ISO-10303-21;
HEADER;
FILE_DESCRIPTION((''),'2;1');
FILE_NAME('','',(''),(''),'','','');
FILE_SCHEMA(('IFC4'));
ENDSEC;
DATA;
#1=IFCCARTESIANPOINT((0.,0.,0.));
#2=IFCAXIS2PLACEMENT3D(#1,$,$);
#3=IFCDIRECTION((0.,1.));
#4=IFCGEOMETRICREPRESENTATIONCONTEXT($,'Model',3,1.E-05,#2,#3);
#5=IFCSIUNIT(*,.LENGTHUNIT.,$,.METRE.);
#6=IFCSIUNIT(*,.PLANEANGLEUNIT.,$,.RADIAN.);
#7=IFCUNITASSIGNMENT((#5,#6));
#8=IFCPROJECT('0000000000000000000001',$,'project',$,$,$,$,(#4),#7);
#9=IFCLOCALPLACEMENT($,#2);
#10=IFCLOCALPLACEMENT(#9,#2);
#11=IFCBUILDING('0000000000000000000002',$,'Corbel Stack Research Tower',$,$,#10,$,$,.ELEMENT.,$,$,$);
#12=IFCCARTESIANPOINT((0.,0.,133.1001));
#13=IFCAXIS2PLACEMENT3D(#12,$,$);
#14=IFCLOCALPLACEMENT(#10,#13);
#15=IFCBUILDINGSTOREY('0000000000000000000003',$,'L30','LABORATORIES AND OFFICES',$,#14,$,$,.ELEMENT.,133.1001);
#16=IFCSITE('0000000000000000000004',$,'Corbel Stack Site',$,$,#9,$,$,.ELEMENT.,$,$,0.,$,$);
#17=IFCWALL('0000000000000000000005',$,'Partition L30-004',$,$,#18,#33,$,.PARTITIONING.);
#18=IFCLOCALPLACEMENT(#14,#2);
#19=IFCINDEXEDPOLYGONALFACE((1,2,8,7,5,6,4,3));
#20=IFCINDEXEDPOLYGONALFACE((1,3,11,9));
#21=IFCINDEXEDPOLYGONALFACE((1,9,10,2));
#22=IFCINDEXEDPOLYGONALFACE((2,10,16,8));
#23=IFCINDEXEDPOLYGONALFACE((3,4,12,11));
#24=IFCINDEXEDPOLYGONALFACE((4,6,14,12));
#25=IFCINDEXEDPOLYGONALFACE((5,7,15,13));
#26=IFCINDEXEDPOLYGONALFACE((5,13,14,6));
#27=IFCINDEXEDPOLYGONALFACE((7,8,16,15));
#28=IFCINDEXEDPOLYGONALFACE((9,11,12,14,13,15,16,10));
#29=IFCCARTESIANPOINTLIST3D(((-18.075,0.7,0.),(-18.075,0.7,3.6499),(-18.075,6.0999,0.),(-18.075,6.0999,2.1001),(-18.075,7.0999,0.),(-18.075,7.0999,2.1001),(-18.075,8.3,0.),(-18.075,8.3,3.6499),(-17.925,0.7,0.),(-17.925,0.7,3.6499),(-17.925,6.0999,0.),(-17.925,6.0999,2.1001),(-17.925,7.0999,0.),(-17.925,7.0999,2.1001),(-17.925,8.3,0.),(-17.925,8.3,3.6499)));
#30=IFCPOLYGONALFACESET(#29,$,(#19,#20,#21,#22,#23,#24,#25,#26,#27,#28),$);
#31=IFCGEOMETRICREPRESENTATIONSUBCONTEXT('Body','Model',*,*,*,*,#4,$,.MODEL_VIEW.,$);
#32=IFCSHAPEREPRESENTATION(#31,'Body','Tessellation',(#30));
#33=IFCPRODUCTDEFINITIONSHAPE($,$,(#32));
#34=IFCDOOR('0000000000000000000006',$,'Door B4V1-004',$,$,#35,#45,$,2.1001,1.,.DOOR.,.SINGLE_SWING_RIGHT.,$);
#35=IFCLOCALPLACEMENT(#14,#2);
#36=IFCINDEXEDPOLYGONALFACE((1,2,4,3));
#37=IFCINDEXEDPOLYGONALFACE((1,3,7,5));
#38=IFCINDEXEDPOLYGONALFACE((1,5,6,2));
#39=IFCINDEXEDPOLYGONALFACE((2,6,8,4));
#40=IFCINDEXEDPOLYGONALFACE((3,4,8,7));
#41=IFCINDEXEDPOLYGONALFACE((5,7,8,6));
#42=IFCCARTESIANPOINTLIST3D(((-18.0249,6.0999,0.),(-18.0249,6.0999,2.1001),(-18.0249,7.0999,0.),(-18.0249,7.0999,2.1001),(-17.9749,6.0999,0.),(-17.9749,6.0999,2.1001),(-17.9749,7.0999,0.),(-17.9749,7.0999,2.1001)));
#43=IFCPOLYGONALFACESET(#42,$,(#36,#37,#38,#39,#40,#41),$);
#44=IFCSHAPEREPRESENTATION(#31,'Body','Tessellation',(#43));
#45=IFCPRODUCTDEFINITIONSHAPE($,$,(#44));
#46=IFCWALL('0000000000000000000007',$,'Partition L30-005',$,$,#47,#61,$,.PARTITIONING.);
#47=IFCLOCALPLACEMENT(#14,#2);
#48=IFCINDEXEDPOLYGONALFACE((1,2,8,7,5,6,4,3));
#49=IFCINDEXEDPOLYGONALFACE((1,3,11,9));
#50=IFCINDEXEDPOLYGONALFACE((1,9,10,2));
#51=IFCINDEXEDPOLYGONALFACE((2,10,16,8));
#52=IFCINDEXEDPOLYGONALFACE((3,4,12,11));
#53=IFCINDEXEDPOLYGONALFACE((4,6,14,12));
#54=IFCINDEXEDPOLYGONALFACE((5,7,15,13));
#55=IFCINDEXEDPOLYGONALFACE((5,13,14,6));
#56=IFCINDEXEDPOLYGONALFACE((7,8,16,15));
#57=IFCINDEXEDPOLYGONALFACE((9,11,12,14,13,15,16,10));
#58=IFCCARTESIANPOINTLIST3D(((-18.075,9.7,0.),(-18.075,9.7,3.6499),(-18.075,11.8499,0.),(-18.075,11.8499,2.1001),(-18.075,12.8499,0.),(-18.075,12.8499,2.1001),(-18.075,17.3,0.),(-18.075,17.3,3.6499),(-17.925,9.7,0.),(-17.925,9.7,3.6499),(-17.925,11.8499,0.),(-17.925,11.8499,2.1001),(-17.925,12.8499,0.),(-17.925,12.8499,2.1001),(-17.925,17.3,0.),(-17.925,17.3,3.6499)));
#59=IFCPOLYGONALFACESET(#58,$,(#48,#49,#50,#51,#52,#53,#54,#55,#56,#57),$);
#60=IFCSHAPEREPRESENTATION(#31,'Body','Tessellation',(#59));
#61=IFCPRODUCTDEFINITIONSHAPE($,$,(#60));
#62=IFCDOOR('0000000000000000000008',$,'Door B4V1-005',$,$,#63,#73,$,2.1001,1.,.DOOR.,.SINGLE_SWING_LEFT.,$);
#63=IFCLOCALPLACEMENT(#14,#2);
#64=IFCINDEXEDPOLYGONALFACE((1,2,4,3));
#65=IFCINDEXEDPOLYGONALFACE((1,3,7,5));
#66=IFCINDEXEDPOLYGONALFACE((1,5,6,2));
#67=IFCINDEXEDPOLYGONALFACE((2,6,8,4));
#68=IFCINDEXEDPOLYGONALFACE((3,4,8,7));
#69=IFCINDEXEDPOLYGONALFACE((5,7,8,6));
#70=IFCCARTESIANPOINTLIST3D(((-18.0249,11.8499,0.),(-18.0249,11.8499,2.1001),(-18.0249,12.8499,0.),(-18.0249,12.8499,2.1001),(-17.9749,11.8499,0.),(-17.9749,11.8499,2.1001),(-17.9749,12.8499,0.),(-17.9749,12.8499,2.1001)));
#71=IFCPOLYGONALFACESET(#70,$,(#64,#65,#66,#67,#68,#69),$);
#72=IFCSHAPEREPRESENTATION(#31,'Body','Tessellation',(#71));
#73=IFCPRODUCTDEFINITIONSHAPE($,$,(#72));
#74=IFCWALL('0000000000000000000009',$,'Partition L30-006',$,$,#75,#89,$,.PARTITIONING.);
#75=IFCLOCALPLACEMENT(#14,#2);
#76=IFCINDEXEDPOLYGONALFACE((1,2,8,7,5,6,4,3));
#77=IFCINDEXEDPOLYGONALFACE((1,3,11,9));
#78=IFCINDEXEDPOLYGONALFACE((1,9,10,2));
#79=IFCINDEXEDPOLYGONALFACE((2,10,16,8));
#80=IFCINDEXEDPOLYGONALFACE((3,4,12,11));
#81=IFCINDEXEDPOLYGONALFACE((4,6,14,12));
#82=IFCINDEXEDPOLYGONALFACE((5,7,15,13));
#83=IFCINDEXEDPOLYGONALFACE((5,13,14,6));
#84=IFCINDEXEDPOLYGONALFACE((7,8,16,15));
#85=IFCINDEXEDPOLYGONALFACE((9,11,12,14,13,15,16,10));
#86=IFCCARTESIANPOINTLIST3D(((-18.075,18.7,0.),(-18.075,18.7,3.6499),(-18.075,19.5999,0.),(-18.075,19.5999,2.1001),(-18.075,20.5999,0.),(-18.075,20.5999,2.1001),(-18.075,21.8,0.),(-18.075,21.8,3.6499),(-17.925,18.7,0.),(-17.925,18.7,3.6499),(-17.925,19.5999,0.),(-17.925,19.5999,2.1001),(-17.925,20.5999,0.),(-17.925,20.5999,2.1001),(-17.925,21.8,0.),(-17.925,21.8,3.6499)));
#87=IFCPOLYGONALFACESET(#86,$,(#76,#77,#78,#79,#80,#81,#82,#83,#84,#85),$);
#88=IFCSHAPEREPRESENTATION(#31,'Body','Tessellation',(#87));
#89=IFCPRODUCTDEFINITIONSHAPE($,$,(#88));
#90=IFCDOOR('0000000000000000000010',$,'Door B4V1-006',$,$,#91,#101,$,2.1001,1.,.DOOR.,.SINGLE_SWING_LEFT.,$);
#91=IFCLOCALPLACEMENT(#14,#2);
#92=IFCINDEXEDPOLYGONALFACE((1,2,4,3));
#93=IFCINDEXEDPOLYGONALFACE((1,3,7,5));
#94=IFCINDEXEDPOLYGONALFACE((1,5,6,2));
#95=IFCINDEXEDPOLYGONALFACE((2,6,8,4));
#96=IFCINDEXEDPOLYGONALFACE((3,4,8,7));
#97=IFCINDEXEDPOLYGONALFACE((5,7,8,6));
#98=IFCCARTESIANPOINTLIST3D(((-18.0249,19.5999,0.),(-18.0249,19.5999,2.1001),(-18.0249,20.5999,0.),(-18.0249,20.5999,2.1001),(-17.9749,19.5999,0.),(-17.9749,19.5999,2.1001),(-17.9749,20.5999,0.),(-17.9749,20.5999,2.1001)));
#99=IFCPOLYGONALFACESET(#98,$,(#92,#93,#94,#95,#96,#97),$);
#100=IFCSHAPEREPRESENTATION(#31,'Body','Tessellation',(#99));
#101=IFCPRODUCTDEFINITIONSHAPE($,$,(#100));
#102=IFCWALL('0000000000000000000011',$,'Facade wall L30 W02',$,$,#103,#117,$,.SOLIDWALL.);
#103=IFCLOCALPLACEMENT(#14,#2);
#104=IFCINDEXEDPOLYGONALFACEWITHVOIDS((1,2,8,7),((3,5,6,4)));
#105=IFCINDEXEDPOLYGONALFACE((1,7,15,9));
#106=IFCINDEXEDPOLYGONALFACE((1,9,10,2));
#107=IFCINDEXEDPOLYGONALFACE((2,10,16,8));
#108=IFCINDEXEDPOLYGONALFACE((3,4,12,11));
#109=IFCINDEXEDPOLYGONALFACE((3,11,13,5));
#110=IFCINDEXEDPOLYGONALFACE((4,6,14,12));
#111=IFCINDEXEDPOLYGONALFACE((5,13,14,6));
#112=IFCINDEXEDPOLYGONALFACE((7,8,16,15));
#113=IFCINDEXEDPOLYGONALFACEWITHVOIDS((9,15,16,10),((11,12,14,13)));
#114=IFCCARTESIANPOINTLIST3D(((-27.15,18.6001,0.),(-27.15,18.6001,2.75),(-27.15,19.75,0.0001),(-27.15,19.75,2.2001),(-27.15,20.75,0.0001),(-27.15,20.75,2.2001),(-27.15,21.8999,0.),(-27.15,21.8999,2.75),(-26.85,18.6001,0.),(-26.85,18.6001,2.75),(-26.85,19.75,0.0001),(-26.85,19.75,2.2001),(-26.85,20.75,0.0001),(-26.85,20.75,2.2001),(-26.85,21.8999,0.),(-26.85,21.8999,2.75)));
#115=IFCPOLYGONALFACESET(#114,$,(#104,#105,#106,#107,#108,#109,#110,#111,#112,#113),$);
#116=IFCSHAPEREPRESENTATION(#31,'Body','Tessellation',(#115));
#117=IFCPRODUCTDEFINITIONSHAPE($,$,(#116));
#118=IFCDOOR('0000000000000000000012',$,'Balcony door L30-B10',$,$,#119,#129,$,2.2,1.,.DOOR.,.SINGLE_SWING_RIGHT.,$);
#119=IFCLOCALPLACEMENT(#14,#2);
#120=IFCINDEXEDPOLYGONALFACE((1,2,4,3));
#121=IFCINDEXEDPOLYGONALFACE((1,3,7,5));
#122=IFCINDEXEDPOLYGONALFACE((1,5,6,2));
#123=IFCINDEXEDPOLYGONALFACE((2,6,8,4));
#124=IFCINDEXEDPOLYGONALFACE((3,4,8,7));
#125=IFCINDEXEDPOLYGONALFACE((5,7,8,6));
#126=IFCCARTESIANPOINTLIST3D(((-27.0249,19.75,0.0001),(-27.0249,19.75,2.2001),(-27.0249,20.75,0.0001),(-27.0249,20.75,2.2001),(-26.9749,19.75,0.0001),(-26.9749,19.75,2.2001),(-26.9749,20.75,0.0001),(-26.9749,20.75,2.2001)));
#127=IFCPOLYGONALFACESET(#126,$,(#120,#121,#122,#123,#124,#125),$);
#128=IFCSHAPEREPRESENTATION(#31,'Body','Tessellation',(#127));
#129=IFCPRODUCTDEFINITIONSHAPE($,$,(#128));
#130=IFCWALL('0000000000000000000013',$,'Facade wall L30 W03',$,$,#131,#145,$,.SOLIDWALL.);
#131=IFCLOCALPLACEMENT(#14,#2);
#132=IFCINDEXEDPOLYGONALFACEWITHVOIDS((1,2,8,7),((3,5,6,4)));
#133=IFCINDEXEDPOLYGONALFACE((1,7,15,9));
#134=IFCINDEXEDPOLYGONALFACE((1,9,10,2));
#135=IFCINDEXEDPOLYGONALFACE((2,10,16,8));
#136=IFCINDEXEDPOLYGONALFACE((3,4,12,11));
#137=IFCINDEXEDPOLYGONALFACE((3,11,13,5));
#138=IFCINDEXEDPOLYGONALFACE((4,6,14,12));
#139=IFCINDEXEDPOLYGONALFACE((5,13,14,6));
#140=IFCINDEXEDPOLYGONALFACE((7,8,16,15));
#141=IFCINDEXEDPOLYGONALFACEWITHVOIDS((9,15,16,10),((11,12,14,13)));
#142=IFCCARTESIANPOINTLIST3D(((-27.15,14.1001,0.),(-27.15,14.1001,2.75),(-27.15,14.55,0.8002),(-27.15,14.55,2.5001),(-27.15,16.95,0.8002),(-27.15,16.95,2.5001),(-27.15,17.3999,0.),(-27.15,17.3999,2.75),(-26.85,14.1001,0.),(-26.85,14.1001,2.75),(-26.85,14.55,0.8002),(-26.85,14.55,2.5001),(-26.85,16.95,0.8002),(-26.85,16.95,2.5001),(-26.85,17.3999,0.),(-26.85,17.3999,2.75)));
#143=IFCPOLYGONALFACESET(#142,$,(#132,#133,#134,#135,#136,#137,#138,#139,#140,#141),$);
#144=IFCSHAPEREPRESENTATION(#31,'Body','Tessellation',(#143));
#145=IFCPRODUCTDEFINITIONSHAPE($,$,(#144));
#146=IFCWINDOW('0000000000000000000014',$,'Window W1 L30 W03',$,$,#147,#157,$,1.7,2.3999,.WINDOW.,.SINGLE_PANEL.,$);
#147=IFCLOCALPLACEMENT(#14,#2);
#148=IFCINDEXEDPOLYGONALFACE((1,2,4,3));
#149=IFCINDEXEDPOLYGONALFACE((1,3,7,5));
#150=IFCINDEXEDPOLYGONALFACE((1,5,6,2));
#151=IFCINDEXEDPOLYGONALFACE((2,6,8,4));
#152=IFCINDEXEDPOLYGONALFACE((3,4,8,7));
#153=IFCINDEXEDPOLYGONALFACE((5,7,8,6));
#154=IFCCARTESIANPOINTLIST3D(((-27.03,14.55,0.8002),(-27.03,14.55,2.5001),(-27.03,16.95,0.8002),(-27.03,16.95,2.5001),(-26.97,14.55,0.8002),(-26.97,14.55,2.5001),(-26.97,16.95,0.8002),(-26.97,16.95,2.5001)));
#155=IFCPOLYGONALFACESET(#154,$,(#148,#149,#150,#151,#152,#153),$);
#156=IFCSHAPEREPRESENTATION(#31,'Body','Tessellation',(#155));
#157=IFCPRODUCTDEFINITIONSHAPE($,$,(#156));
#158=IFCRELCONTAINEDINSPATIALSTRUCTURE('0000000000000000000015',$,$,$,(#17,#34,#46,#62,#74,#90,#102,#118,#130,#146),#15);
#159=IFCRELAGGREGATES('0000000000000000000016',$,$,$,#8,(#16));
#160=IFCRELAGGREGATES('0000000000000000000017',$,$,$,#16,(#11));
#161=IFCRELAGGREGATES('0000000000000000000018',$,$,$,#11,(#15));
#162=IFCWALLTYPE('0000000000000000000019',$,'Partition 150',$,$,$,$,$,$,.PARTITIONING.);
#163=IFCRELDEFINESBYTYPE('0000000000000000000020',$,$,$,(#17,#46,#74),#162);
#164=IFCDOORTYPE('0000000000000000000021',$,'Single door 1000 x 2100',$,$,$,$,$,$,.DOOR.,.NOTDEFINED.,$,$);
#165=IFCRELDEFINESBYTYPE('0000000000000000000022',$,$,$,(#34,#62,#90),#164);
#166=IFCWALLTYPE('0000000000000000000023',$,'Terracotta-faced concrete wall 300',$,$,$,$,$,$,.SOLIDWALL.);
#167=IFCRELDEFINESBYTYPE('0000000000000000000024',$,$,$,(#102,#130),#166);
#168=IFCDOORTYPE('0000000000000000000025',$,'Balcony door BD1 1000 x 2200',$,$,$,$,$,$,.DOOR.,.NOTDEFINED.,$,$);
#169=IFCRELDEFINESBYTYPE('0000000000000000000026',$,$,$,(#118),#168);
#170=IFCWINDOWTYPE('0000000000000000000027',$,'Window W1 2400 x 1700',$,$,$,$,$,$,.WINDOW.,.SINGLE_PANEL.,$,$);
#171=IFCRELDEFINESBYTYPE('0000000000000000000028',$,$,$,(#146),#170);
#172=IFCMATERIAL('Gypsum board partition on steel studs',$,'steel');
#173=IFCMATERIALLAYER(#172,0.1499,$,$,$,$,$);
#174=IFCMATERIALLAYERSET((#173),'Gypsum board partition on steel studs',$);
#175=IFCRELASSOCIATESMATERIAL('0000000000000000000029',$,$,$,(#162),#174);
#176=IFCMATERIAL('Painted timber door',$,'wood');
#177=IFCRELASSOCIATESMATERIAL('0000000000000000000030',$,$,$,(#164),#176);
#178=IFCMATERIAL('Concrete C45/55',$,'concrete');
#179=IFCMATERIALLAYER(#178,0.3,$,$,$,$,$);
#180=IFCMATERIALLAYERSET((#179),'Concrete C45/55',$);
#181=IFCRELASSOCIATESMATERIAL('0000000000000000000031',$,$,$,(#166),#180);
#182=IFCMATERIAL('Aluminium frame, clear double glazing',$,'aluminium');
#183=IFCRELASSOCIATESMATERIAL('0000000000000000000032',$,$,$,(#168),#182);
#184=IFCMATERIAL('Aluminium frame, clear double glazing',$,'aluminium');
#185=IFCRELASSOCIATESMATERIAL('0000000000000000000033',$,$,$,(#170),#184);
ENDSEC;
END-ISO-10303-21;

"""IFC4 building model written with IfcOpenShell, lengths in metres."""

from ifc_helpers import new_model, si_unit, direction, frame, frame_2d, origin, place, context, subcontext, project, spatial, rectangle, extrude, material, layer, layer_set, type_object, element, fill, save


model = new_model("IFC4")

# Units and contexts
model_context = context("Model", 3, precision=1e-05, world=origin(), true_north=direction((0.0, 1.0)))
body_context = subcontext(model_context, "Body", "Model", "MODEL_VIEW")
ifc_project = project(units=[si_unit("LENGTHUNIT", "METRE"), si_unit("PLANEANGLEUNIT", "RADIAN")], contexts=[model_context])

# Site, building, storey
site_placement = place(None, origin())
site = spatial("IfcSite", under=ifc_project, at=site_placement, Name="Corbel Stack Site", CompositionType="ELEMENT", RefElevation=0.0)
building_placement = place(site_placement, origin())
building = spatial("IfcBuilding", under=site, at=building_placement, Name="Corbel Stack Research Tower", CompositionType="ELEMENT")
storey_placement = place(building_placement, frame((0.0, 0.0, 133.1001)))
storey = spatial("IfcBuildingStorey", under=building, at=storey_placement, Name="L30", Description="LABORATORIES AND OFFICES", CompositionType="ELEMENT", Elevation=133.1001)

# Walls, openings, doors
ifc_material_1 = material(Name="Gypsum board partition on steel studs", Category="steel")
ifc_layer_1 = layer(ifc_material_1, 0.1499)
ifc_layer_set_1 = layer_set([ifc_layer_1], Name="Gypsum board partition on steel studs")
wall_type_1 = type_object("IfcWallType", Name="Partition 150", PredefinedType="PARTITIONING", material=ifc_layer_set_1)
wall_1_placement = place(storey_placement, frame((-18.0, 0.7, 0.0), z_axis=(0.0, 0.0, 1.0), x_axis=(0.0, 1.0, 0.0)))
wall_1 = element("IfcWall", 1, at=wall_1_placement, inside=storey, type_object=wall_type_1, Name="Partition L30-004", PredefinedType="PARTITIONING", context=body_context, shape_type="SweptSolid", body=[
    extrude(rectangle(XDim=7.6001, YDim=0.1499, at=frame_2d((3.8, 0.0))), origin(), (0.0, 0.0, 1.0), 3.6499),
])
opening_1_placement = place(wall_1_placement, frame((5.3999, 0.0, 0.0)))
opening_1 = element("IfcOpeningElement", 2, at=opening_1_placement, cuts=wall_1, PredefinedType="OPENING", context=body_context, shape_type="SweptSolid", body=[
    extrude(rectangle(XDim=1.0, YDim=2.1001, at=frame_2d((0.5, 1.05))), frame((0.0, 0.085, 0.0), z_axis=(0.0, -1.0, 0.0), x_axis=(1.0, 0.0, 0.0)), (0.0, 0.0, 1.0), 0.1699),
])
ifc_material_2 = material(Name="Painted timber door", Category="wood")
door_type_1 = type_object("IfcDoorType", Name="Single door 1000 x 2100", OperationType="NOTDEFINED", PredefinedType="DOOR", material=ifc_material_2)
door_1_placement = place(opening_1_placement, origin())
door_1 = element("IfcDoor", 3, at=door_1_placement, inside=storey, type_object=door_type_1, Name="Door B4V1-004", OperationType="SINGLE_SWING_RIGHT", OverallHeight=2.1001, OverallWidth=1.0, PredefinedType="DOOR", context=body_context, shape_type="SweptSolid", body=[
    extrude(rectangle(XDim=1.0, YDim=2.1001, at=frame_2d((0.5, 1.05))), frame((0.0, 0.0249, 0.0), z_axis=(0.0, -1.0, 0.0), x_axis=(1.0, 0.0, 0.0)), (0.0, 0.0, 1.0), 0.05),
])
fill(opening_1, door_1)
wall_2_placement = place(storey_placement, frame((-18.0, 9.7, 0.0), z_axis=(0.0, 0.0, 1.0), x_axis=(0.0, 1.0, 0.0)))
wall_2 = element("IfcWall", 4, at=wall_2_placement, inside=storey, type_object=wall_type_1, Name="Partition L30-005", PredefinedType="PARTITIONING", context=body_context, shape_type="SweptSolid", body=[
    extrude(rectangle(XDim=7.6001, YDim=0.1499, at=frame_2d((3.8, 0.0))), origin(), (0.0, 0.0, 1.0), 3.6499),
])
opening_2_placement = place(wall_2_placement, frame((2.1499, 0.0, 0.0)))
opening_2 = element("IfcOpeningElement", 5, at=opening_2_placement, cuts=wall_2, PredefinedType="OPENING", context=body_context, shape_type="SweptSolid", body=[
    extrude(rectangle(XDim=1.0, YDim=2.1001, at=frame_2d((0.5, 1.05))), frame((0.0, 0.085, 0.0), z_axis=(0.0, -1.0, 0.0), x_axis=(1.0, 0.0, 0.0)), (0.0, 0.0, 1.0), 0.1699),
])
door_2_placement = place(opening_2_placement, origin())
door_2 = element("IfcDoor", 6, at=door_2_placement, inside=storey, type_object=door_type_1, Name="Door B4V1-005", OperationType="SINGLE_SWING_LEFT", OverallHeight=2.1001, OverallWidth=1.0, PredefinedType="DOOR", context=body_context, shape_type="SweptSolid", body=[
    extrude(rectangle(XDim=1.0, YDim=2.1001, at=frame_2d((0.5, 1.05))), frame((0.0, 0.0249, 0.0), z_axis=(0.0, -1.0, 0.0), x_axis=(1.0, 0.0, 0.0)), (0.0, 0.0, 1.0), 0.05),
])
fill(opening_2, door_2)
wall_3_placement = place(storey_placement, frame((-18.0, 18.7, 0.0), z_axis=(0.0, 0.0, 1.0), x_axis=(0.0, 1.0, 0.0)))
wall_3 = element("IfcWall", 7, at=wall_3_placement, inside=storey, type_object=wall_type_1, Name="Partition L30-006", PredefinedType="PARTITIONING", context=body_context, shape_type="SweptSolid", body=[
    extrude(rectangle(XDim=3.1001, YDim=0.1499, at=frame_2d((1.55, 0.0))), origin(), (0.0, 0.0, 1.0), 3.6499),
])
opening_3_placement = place(wall_3_placement, frame((0.8999, 0.0, 0.0)))
opening_3 = element("IfcOpeningElement", 8, at=opening_3_placement, cuts=wall_3, PredefinedType="OPENING", context=body_context, shape_type="SweptSolid", body=[
    extrude(rectangle(XDim=1.0, YDim=2.1001, at=frame_2d((0.5, 1.05))), frame((0.0, 0.085, 0.0), z_axis=(0.0, -1.0, 0.0), x_axis=(1.0, 0.0, 0.0)), (0.0, 0.0, 1.0), 0.1699),
])
door_3_placement = place(opening_3_placement, origin())
door_3 = element("IfcDoor", 9, at=door_3_placement, inside=storey, type_object=door_type_1, Name="Door B4V1-006", OperationType="SINGLE_SWING_LEFT", OverallHeight=2.1001, OverallWidth=1.0, PredefinedType="DOOR", context=body_context, shape_type="SweptSolid", body=[
    extrude(rectangle(XDim=1.0, YDim=2.1001, at=frame_2d((0.5, 1.05))), frame((0.0, 0.0249, 0.0), z_axis=(0.0, -1.0, 0.0), x_axis=(1.0, 0.0, 0.0)), (0.0, 0.0, 1.0), 0.05),
])
fill(opening_3, door_3)
ifc_material_3 = material(Name="Concrete C45/55", Category="concrete")
ifc_layer_2 = layer(ifc_material_3, 0.3)
ifc_layer_set_2 = layer_set([ifc_layer_2], Name="Concrete C45/55")
wall_type_2 = type_object("IfcWallType", Name="Terracotta-faced concrete wall 300", PredefinedType="SOLIDWALL", material=ifc_layer_set_2)
wall_4_placement = place(storey_placement, frame((-27.0, 18.6001, 0.0), z_axis=(0.0, 0.0, 1.0), x_axis=(0.0, 1.0, 0.0)))
wall_4 = element("IfcWall", 10, at=wall_4_placement, inside=storey, type_object=wall_type_2, Name="Facade wall L30 W02", PredefinedType="SOLIDWALL", context=body_context, shape_type="SweptSolid", body=[
    extrude(rectangle(XDim=3.2998, YDim=0.3, at=frame_2d((1.6499, 0.0))), origin(), (0.0, 0.0, 1.0), 2.75),
])
opening_4_placement = place(wall_4_placement, frame((1.1499, 0.0, 0.0)))
opening_4 = element("IfcOpeningElement", 11, at=opening_4_placement, cuts=wall_4, PredefinedType="OPENING", context=body_context, shape_type="SweptSolid", body=[
    extrude(rectangle(XDim=1.0, YDim=2.2, at=frame_2d((0.5, 1.1001))), frame((0.0, 0.1599, 0.0), z_axis=(0.0, -1.0, 0.0), x_axis=(1.0, 0.0, 0.0)), (0.0, 0.0, 1.0), 0.3201),
])
ifc_material_4 = material(Name="Aluminium frame, clear double glazing", Category="aluminium")
door_type_2 = type_object("IfcDoorType", Name="Balcony door BD1 1000 x 2200", OperationType="NOTDEFINED", PredefinedType="DOOR", material=ifc_material_4)
door_4_placement = place(opening_4_placement, origin())
door_4 = element("IfcDoor", 12, at=door_4_placement, inside=storey, type_object=door_type_2, Name="Balcony door L30-B10", OperationType="SINGLE_SWING_RIGHT", OverallHeight=2.2, OverallWidth=1.0, PredefinedType="DOOR", context=body_context, shape_type="SweptSolid", body=[
    extrude(rectangle(XDim=1.0, YDim=2.2, at=frame_2d((0.5, 1.1001))), frame((0.0, 0.0249, 0.0), z_axis=(0.0, -1.0, 0.0), x_axis=(1.0, 0.0, 0.0)), (0.0, 0.0, 1.0), 0.05),
])
fill(opening_4, door_4)

# Wall, opening, window
wall_5_placement = place(storey_placement, frame((-27.0, 14.1001, 0.0), z_axis=(0.0, 0.0, 1.0), x_axis=(0.0, 1.0, 0.0)))
wall_5 = element("IfcWall", 13, at=wall_5_placement, inside=storey, type_object=wall_type_2, Name="Facade wall L30 W03", PredefinedType="SOLIDWALL", context=body_context, shape_type="SweptSolid", body=[
    extrude(rectangle(XDim=3.2998, YDim=0.3, at=frame_2d((1.6499, 0.0))), origin(), (0.0, 0.0, 1.0), 2.75),
])
opening_5_placement = place(wall_5_placement, frame((0.45, 0.0, 0.8)))
opening_5 = element("IfcOpeningElement", 14, at=opening_5_placement, cuts=wall_5, PredefinedType="OPENING", context=body_context, shape_type="SweptSolid", body=[
    extrude(rectangle(XDim=2.3999, YDim=1.7, at=frame_2d((1.2, 0.8501))), frame((0.0, 0.1599, 0.0), z_axis=(0.0, -1.0, 0.0), x_axis=(1.0, 0.0, 0.0)), (0.0, 0.0, 1.0), 0.3201),
])
ifc_material_5 = material(Name="Aluminium frame, clear double glazing", Category="aluminium")
window_type = type_object("IfcWindowType", Name="Window W1 2400 x 1700", PartitioningType="SINGLE_PANEL", PredefinedType="WINDOW", material=ifc_material_5)
window_1_placement = place(opening_5_placement, origin())
window_1 = element("IfcWindow", 15, at=window_1_placement, inside=storey, type_object=window_type, Name="Window W1 L30 W03", OverallHeight=1.7, OverallWidth=2.3999, PartitioningType="SINGLE_PANEL", PredefinedType="WINDOW", context=body_context, shape_type="SweptSolid", body=[
    extrude(rectangle(XDim=2.3999, YDim=1.7, at=frame_2d((1.2, 0.8501))), frame((0.0, 0.03, 0.0), z_axis=(0.0, -1.0, 0.0), x_axis=(1.0, 0.0, 0.0)), (0.0, 0.0, 1.0), 0.0601),
])
fill(opening_5, window_1)

save(model, "model.ifc")
